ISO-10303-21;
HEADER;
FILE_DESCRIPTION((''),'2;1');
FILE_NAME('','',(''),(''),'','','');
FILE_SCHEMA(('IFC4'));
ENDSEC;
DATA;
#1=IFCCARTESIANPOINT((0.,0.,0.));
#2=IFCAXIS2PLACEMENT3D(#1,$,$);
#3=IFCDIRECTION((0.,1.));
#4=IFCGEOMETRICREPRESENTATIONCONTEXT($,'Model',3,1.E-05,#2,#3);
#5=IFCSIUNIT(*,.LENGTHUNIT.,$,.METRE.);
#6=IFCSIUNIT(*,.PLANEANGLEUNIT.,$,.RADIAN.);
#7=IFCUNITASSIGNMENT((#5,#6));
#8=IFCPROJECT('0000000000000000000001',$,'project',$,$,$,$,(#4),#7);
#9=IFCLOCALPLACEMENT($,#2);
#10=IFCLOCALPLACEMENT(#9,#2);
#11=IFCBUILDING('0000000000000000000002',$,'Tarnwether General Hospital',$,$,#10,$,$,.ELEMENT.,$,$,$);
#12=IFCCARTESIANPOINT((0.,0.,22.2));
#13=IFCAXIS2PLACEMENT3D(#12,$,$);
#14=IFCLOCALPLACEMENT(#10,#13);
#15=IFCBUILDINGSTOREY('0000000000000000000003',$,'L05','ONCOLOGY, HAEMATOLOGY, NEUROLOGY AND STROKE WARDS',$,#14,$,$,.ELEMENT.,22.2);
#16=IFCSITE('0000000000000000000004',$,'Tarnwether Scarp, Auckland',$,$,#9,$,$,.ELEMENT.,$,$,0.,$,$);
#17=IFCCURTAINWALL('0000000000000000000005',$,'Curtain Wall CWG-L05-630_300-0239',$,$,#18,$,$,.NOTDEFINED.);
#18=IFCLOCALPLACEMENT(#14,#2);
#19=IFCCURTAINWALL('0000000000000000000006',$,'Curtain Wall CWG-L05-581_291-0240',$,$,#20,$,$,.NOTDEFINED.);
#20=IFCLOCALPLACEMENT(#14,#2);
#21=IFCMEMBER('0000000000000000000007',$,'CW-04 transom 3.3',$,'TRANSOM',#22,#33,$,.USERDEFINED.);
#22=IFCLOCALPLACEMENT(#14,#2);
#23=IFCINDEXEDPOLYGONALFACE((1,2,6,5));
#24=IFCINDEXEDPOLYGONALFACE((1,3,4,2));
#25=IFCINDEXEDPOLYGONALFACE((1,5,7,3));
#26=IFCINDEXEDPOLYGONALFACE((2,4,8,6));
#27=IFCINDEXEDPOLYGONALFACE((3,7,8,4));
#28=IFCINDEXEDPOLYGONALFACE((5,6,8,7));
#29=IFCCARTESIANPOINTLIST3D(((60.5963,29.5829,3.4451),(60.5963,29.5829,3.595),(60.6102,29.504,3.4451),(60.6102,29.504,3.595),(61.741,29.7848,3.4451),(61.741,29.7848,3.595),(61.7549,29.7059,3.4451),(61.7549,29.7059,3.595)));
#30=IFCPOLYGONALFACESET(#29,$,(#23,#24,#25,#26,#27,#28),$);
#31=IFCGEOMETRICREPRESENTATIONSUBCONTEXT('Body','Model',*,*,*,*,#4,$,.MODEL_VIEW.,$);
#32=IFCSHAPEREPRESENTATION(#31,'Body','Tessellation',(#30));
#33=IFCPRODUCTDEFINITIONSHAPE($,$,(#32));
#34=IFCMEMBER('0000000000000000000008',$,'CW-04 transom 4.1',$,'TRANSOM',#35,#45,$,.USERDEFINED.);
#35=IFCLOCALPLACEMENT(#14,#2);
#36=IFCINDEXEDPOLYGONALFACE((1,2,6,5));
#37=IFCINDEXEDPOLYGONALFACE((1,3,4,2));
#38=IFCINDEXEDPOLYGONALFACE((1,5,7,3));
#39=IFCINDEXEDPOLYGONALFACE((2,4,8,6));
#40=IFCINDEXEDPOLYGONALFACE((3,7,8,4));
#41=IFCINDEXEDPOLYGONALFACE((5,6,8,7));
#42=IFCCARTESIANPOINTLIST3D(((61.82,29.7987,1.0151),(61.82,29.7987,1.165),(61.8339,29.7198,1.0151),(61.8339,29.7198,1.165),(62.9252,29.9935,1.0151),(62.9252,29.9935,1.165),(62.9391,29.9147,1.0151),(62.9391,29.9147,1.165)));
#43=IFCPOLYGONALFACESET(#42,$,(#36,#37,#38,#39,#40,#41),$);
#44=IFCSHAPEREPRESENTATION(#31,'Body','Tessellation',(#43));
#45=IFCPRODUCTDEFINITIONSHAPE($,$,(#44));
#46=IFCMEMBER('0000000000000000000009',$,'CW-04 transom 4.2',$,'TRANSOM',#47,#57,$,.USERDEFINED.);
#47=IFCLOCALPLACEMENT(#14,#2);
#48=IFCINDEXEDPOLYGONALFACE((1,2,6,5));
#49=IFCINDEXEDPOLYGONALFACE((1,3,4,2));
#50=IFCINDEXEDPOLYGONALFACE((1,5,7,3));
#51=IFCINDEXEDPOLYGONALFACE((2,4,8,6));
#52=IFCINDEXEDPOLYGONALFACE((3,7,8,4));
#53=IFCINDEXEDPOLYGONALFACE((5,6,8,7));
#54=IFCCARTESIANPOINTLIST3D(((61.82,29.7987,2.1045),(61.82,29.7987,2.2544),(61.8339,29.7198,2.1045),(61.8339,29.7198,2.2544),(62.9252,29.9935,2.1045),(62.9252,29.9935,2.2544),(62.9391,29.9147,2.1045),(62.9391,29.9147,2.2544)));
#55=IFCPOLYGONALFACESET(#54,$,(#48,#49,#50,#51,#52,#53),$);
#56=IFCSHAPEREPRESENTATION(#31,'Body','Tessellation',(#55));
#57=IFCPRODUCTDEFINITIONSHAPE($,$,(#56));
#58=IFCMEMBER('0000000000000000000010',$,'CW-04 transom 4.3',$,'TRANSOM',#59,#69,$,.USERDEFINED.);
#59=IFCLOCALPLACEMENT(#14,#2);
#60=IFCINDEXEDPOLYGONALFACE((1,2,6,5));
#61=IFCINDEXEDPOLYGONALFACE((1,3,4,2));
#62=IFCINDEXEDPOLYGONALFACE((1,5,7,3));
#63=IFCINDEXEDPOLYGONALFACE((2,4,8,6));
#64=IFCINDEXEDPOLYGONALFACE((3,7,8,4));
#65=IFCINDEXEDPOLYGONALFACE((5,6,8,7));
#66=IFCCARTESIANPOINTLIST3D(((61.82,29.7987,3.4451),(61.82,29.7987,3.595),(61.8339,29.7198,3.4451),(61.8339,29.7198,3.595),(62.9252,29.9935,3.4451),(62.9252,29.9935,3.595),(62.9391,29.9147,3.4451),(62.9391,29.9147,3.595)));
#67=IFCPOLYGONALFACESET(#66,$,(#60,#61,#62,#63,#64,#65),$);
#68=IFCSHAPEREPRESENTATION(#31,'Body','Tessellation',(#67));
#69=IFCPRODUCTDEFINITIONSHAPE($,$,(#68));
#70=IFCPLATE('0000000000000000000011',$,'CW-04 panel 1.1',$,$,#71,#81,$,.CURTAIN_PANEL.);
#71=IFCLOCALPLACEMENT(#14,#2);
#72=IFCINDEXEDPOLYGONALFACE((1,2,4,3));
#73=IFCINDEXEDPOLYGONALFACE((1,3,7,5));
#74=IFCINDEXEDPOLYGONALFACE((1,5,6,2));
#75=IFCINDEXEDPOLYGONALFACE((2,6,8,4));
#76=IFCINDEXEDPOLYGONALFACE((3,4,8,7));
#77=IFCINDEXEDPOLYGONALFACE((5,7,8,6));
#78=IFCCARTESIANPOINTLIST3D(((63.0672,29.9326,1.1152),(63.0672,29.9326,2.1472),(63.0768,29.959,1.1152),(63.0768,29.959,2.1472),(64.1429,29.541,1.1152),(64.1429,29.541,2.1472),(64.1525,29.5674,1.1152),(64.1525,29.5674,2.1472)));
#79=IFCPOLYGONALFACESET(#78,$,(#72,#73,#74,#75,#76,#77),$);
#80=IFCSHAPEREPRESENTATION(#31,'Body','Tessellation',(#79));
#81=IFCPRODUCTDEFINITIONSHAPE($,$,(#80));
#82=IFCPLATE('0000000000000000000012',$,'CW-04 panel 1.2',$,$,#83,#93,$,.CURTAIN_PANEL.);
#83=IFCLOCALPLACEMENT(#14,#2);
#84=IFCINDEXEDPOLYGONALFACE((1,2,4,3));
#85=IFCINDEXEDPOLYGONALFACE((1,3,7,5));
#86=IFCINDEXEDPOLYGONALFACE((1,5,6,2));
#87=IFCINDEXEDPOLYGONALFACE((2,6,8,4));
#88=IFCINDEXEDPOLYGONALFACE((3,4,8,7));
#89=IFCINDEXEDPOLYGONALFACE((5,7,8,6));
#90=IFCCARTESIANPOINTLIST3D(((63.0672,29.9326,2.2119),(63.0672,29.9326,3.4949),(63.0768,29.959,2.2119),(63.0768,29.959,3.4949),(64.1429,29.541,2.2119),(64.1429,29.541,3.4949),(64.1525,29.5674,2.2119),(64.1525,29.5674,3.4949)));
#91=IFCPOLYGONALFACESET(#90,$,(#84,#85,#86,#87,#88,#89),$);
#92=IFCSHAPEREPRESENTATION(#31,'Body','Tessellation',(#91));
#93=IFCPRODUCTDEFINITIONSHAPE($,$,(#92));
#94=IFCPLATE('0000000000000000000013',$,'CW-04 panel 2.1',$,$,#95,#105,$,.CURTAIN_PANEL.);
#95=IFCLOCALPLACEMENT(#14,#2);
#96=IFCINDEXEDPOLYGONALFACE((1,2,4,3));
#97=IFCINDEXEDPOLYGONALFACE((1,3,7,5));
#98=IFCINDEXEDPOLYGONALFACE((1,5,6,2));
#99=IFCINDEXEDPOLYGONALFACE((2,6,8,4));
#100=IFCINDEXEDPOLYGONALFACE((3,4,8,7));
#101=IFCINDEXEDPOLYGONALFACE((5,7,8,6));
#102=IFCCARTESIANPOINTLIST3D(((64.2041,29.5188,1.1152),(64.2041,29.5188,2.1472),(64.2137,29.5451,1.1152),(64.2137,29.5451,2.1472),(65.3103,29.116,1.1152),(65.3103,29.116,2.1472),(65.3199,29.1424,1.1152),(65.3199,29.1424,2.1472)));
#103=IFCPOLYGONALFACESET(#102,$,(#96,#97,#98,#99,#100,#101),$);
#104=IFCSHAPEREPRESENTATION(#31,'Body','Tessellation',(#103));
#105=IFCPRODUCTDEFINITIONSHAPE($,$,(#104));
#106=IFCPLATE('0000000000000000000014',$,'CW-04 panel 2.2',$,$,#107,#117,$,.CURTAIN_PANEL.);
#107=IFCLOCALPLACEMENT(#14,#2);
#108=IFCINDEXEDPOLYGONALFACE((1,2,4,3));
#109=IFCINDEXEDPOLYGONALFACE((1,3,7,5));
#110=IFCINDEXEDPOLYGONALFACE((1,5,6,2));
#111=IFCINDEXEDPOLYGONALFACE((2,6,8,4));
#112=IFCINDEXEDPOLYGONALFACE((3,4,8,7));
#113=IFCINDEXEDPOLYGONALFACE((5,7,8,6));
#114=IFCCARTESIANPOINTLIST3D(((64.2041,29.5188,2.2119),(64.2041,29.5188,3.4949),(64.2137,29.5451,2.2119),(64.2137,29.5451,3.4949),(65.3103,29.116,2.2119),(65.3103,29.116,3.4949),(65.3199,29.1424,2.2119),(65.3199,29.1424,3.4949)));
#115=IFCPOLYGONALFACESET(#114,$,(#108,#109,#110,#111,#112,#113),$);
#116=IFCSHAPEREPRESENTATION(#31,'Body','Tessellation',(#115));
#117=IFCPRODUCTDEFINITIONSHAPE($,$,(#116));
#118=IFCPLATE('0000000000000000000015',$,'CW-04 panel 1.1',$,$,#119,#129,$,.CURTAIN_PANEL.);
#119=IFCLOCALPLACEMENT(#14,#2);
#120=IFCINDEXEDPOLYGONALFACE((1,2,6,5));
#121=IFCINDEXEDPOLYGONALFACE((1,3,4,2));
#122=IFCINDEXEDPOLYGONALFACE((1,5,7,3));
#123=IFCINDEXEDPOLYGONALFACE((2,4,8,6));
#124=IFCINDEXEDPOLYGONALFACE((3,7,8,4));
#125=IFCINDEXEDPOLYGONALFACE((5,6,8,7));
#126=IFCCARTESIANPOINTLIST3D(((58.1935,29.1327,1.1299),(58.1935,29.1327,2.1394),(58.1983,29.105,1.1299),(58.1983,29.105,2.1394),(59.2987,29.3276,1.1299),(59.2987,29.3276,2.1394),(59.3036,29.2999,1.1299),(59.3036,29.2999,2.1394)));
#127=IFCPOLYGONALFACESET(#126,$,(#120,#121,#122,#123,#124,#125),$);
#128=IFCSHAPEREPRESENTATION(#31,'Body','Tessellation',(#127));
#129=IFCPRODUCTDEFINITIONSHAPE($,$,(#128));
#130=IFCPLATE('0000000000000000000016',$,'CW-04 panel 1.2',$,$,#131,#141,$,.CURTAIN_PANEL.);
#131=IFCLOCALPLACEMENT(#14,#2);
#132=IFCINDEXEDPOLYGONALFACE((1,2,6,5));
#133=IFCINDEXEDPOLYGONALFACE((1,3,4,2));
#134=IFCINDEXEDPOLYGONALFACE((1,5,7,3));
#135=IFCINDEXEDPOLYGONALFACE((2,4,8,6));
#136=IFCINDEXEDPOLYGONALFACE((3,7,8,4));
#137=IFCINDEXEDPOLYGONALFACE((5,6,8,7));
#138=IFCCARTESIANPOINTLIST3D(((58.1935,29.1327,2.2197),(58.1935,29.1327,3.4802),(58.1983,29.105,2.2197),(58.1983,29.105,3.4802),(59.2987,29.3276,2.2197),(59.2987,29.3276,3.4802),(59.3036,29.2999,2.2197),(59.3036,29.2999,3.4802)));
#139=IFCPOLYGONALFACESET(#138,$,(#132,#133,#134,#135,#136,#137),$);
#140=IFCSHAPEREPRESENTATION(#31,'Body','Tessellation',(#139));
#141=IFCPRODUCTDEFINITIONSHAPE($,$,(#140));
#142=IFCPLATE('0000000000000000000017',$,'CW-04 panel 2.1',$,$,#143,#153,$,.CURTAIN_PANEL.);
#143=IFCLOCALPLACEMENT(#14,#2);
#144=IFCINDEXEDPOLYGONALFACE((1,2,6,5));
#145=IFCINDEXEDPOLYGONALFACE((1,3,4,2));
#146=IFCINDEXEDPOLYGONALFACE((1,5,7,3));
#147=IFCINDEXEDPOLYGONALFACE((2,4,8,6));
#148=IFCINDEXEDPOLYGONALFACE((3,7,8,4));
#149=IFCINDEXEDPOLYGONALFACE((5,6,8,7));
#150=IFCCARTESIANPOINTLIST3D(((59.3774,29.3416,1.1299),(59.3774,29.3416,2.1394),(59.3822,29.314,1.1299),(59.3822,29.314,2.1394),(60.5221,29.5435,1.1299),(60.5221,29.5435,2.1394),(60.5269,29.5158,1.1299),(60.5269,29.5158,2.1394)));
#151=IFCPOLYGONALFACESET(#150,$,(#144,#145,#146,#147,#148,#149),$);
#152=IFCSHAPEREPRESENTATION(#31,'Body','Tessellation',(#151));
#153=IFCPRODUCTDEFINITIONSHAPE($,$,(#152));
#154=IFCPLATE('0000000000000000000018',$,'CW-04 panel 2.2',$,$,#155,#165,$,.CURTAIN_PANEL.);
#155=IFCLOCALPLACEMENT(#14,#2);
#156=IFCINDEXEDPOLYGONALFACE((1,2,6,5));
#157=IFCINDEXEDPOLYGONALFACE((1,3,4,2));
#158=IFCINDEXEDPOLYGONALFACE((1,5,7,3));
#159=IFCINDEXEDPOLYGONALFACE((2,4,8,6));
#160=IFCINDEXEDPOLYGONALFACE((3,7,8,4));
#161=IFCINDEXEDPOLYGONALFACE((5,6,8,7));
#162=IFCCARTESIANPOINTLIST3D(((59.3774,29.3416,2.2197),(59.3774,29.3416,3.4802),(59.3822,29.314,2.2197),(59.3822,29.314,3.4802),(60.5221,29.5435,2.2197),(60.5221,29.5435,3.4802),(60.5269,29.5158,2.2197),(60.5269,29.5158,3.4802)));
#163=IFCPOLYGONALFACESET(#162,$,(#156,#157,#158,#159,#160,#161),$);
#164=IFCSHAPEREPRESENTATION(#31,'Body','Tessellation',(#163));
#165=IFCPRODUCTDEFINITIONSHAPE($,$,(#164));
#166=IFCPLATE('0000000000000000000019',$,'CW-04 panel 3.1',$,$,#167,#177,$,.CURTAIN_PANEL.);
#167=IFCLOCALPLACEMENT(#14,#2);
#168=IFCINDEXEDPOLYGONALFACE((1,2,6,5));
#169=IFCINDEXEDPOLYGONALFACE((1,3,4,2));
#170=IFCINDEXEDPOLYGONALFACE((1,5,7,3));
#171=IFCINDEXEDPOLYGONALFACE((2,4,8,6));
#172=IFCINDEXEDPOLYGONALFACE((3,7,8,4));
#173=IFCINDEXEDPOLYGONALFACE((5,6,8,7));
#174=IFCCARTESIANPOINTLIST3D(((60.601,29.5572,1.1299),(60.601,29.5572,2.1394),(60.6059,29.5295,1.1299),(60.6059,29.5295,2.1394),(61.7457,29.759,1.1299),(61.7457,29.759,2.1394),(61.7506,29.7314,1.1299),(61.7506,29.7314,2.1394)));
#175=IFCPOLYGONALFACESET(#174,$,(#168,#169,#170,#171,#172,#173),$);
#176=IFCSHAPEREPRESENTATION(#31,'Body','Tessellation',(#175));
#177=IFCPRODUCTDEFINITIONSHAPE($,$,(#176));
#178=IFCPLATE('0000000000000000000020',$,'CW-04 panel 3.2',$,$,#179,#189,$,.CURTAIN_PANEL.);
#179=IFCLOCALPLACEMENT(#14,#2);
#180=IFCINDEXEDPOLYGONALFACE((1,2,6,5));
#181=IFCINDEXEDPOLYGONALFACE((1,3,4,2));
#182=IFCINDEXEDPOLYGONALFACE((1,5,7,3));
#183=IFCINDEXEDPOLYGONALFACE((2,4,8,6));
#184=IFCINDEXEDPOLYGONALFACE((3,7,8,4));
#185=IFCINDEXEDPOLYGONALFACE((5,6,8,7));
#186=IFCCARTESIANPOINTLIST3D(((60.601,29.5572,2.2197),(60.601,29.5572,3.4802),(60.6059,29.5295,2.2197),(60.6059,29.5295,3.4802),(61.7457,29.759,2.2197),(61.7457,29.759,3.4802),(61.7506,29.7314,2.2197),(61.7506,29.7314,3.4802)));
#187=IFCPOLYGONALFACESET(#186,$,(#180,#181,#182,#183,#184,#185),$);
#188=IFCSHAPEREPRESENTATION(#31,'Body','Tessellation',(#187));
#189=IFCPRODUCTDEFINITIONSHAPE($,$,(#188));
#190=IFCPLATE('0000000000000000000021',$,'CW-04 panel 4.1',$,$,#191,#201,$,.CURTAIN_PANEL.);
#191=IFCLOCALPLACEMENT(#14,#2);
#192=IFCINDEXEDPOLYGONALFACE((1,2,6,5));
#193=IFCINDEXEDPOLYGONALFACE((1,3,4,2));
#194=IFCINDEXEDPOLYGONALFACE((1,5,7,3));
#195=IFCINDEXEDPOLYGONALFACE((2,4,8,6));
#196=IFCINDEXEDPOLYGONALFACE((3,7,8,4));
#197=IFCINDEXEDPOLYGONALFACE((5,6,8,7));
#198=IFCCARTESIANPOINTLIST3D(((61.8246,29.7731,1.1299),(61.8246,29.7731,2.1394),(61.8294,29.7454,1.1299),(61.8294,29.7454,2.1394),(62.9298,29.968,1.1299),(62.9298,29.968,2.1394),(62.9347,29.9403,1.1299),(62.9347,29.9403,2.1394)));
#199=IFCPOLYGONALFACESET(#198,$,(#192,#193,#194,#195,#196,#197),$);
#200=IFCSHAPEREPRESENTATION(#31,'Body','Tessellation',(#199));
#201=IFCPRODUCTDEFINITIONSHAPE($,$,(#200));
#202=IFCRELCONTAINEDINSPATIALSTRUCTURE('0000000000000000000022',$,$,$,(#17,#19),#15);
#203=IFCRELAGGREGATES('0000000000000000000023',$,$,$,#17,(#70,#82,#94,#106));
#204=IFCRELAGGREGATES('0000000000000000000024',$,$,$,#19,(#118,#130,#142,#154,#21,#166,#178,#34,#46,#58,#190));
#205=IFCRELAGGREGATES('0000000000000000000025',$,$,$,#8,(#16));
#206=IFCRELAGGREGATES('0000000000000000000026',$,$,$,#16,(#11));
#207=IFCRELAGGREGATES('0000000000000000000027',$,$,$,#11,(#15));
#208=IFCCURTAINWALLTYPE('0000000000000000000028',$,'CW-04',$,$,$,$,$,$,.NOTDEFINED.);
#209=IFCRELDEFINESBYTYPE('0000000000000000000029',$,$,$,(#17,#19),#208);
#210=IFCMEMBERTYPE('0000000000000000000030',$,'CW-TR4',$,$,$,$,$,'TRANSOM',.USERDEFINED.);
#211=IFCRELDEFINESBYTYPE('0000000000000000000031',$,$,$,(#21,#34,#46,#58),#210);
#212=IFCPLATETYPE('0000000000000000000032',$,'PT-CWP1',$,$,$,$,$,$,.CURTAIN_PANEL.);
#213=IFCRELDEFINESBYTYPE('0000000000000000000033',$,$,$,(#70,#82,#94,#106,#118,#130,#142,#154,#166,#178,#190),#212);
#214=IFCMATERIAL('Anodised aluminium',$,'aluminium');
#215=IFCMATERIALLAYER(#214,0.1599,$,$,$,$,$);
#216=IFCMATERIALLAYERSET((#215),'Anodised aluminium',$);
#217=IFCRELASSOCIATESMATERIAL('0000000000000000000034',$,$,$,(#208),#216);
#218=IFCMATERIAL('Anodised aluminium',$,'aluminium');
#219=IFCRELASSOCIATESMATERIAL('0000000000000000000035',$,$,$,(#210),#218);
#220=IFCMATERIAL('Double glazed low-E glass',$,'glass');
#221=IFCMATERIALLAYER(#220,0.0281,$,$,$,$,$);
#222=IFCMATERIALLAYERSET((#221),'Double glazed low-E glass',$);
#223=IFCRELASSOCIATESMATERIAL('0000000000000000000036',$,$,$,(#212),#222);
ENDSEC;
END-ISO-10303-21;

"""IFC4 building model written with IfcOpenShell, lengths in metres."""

from ifc_helpers import new_model, si_unit, direction, frame, origin, origin_2d, place, context, subcontext, project, spatial, rectangle, extrude, material, layer, layer_set, material_profile, profile_set, type_object, element, aggregate, save


model = new_model("IFC4")

# Units and contexts
model_context = context("Model", 3, precision=1e-05, world=origin(), true_north=direction((0.0, 1.0)))
body_context = subcontext(model_context, "Body", "Model", "MODEL_VIEW")
ifc_project = project(units=[si_unit("LENGTHUNIT", "METRE"), si_unit("PLANEANGLEUNIT", "RADIAN")], contexts=[model_context])

# Site, building, storey
site_placement = place(None, origin())
site = spatial("IfcSite", under=ifc_project, at=site_placement, Name="Tarnwether Scarp, Auckland", CompositionType="ELEMENT", RefElevation=0.0)
building_placement = place(site_placement, origin())
building = spatial("IfcBuilding", under=site, at=building_placement, Name="Tarnwether General Hospital", CompositionType="ELEMENT")
storey_placement = place(building_placement, frame((0.0, 0.0, 22.2)))
storey = spatial("IfcBuildingStorey", under=building, at=storey_placement, Name="L05", Description="ONCOLOGY, HAEMATOLOGY, NEUROLOGY AND STROKE WARDS", CompositionType="ELEMENT", Elevation=22.2)

# Curtain wall
ifc_material_1 = material(Name="Anodised aluminium", Category="aluminium")
ifc_layer_1 = layer(ifc_material_1, 0.1599)
ifc_layer_set_1 = layer_set([ifc_layer_1], Name="Anodised aluminium")
curtain_wall_type = type_object("IfcCurtainWallType", Name="CW-04", PredefinedType="NOTDEFINED", material=ifc_layer_set_1)
curtain_wall_1_placement = place(storey_placement, origin())
curtain_wall_1 = element("IfcCurtainWall", 1, at=curtain_wall_1_placement, inside=storey, type_object=curtain_wall_type, Name="Curtain Wall CWG-L05-630_300-0239", PredefinedType="NOTDEFINED")

# Curtain wall
curtain_wall_2_placement = place(storey_placement, origin())
curtain_wall_2 = element("IfcCurtainWall", 2, at=curtain_wall_2_placement, inside=storey, type_object=curtain_wall_type, Name="Curtain Wall CWG-L05-581_291-0240", PredefinedType="NOTDEFINED")

# Members
ifc_material_2 = material(Name="Anodised aluminium", Category="aluminium")
ifc_material_profile_1 = material_profile(ifc_material_2, rectangle(XDim=0.0801, YDim=0.1499, at=origin_2d()), Name="ALU-TRN-80x150")
ifc_profile_set_1 = profile_set([ifc_material_profile_1], Name="Anodised aluminium")
member_type_1 = type_object("IfcMemberType", Name="CW-TR4", ElementType="TRANSOM", PredefinedType="USERDEFINED", material=ifc_profile_set_1)
member_1_placement = place(storey_placement, frame((60.6033, 29.5435, 3.52), z_axis=(0.9848, 0.173689, 0.0), x_axis=(-0.173689, 0.9848, 0.0)))
member_1 = element("IfcMember", 3, at=member_1_placement, type_object=member_type_1, Name="CW-04 transom 3.3", ObjectType="TRANSOM", PredefinedType="USERDEFINED", context=body_context, shape_type="SweptSolid", body=[
    extrude(rectangle(XDim=0.0801, YDim=0.1499, at=origin_2d()), origin(), (0.0, 0.0, 1.0), 1.1624),
])
member_2_placement = place(storey_placement, frame((61.8269, 29.7593, 1.0901), z_axis=(0.984816, 0.173599, 0.0), x_axis=(-0.173599, 0.984816, 0.0)))
member_2 = element("IfcMember", 4, at=member_2_placement, type_object=member_type_1, Name="CW-04 transom 4.1", ObjectType="TRANSOM", PredefinedType="USERDEFINED", context=body_context, shape_type="SweptSolid", body=[
    extrude(rectangle(XDim=0.0801, YDim=0.1499, at=origin_2d()), origin(), (0.0, 0.0, 1.0), 1.1223),
])
member_3_placement = place(storey_placement, frame((61.8269, 29.7593, 2.1794), z_axis=(0.984816, 0.173599, 0.0), x_axis=(-0.173599, 0.984816, 0.0)))
member_3 = element("IfcMember", 5, at=member_3_placement, type_object=member_type_1, Name="CW-04 transom 4.2", ObjectType="TRANSOM", PredefinedType="USERDEFINED", context=body_context, shape_type="SweptSolid", body=[
    extrude(rectangle(XDim=0.0801, YDim=0.1499, at=origin_2d()), origin(), (0.0, 0.0, 1.0), 1.1223),
])
member_4_placement = place(storey_placement, frame((61.8269, 29.7593, 3.52), z_axis=(0.984816, 0.173599, 0.0), x_axis=(-0.173599, 0.984816, 0.0)))
member_4 = element("IfcMember", 6, at=member_4_placement, type_object=member_type_1, Name="CW-04 transom 4.3", ObjectType="TRANSOM", PredefinedType="USERDEFINED", context=body_context, shape_type="SweptSolid", body=[
    extrude(rectangle(XDim=0.0801, YDim=0.1499, at=origin_2d()), origin(), (0.0, 0.0, 1.0), 1.1223),
])

# Plates
ifc_material_3 = material(Name="Double glazed low-E glass", Category="glass")
ifc_layer_2 = layer(ifc_material_3, 0.0281)
ifc_layer_set_2 = layer_set([ifc_layer_2], Name="Double glazed low-E glass")
plate_type = type_object("IfcPlateType", Name="PT-CWP1", PredefinedType="CURTAIN_PANEL", material=ifc_layer_set_2)
plate_1_placement = place(storey_placement, frame((63.6099, 29.75, 1.1152), z_axis=(0.0, 0.0, 1.0), x_axis=(0.939652, -0.342131, 0.0)))
plate_1 = element("IfcPlate", 7, at=plate_1_placement, type_object=plate_type, Name="CW-04 panel 1.1", PredefinedType="CURTAIN_PANEL", context=body_context, shape_type="SweptSolid", body=[
    extrude(rectangle(XDim=1.1448, YDim=0.0281, at=origin_2d()), origin(), (0.0, 0.0, 1.0), 1.032),
])
plate_2_placement = place(storey_placement, frame((63.6099, 29.75, 2.2119), z_axis=(0.0, 0.0, 1.0), x_axis=(0.939652, -0.342131, 0.0)))
plate_2 = element("IfcPlate", 8, at=plate_2_placement, type_object=plate_type, Name="CW-04 panel 1.2", PredefinedType="CURTAIN_PANEL", context=body_context, shape_type="SweptSolid", body=[
    extrude(rectangle(XDim=1.1448, YDim=0.0281, at=origin_2d()), origin(), (0.0, 0.0, 1.0), 1.283),
])
plate_3_placement = place(storey_placement, frame((64.762, 29.3306, 1.1152), z_axis=(0.0, 0.0, 1.0), x_axis=(0.939652, -0.342131, 0.0)))
plate_3 = element("IfcPlate", 9, at=plate_3_placement, type_object=plate_type, Name="CW-04 panel 2.1", PredefinedType="CURTAIN_PANEL", context=body_context, shape_type="SweptSolid", body=[
    extrude(rectangle(XDim=1.1772, YDim=0.0281, at=origin_2d()), origin(), (0.0, 0.0, 1.0), 1.032),
])
plate_4_placement = place(storey_placement, frame((64.762, 29.3306, 2.2119), z_axis=(0.0, 0.0, 1.0), x_axis=(0.939652, -0.342131, 0.0)))
plate_4 = element("IfcPlate", 10, at=plate_4_placement, type_object=plate_type, Name="CW-04 panel 2.2", PredefinedType="CURTAIN_PANEL", context=body_context, shape_type="SweptSolid", body=[
    extrude(rectangle(XDim=1.1772, YDim=0.0281, at=origin_2d()), origin(), (0.0, 0.0, 1.0), 1.283),
])
aggregate(curtain_wall_1, [plate_1, plate_2, plate_3, plate_4])
plate_5_placement = place(storey_placement, frame((58.7485, 29.2163, 1.1299), z_axis=(0.0, 0.0, 1.0), x_axis=(0.984806, 0.173659, 0.0)))
plate_5 = element("IfcPlate", 11, at=plate_5_placement, type_object=plate_type, Name="CW-04 panel 1.1", PredefinedType="CURTAIN_PANEL", context=body_context, shape_type="SweptSolid", body=[
    extrude(rectangle(XDim=1.1223, YDim=0.0281, at=origin_2d()), origin(), (0.0, 0.0, 1.0), 1.0095),
])
plate_6_placement = place(storey_placement, frame((58.7485, 29.2163, 2.2197), z_axis=(0.0, 0.0, 1.0), x_axis=(0.984806, 0.173659, 0.0)))
plate_6 = element("IfcPlate", 12, at=plate_6_placement, type_object=plate_type, Name="CW-04 panel 1.2", PredefinedType="CURTAIN_PANEL", context=body_context, shape_type="SweptSolid", body=[
    extrude(rectangle(XDim=1.1223, YDim=0.0281, at=origin_2d()), origin(), (0.0, 0.0, 1.0), 1.2605),
])
plate_7_placement = place(storey_placement, frame((59.9521, 29.4287, 1.1299), z_axis=(0.0, 0.0, 1.0), x_axis=(0.984806, 0.173659, 0.0)))
plate_7 = element("IfcPlate", 13, at=plate_7_placement, type_object=plate_type, Name="CW-04 panel 2.1", PredefinedType="CURTAIN_PANEL", context=body_context, shape_type="SweptSolid", body=[
    extrude(rectangle(XDim=1.1624, YDim=0.0281, at=origin_2d()), origin(), (0.0, 0.0, 1.0), 1.0095),
])
plate_8_placement = place(storey_placement, frame((59.9521, 29.4287, 2.2197), z_axis=(0.0, 0.0, 1.0), x_axis=(0.984806, 0.173659, 0.0)))
plate_8 = element("IfcPlate", 14, at=plate_8_placement, type_object=plate_type, Name="CW-04 panel 2.2", PredefinedType="CURTAIN_PANEL", context=body_context, shape_type="SweptSolid", body=[
    extrude(rectangle(XDim=1.1624, YDim=0.0281, at=origin_2d()), origin(), (0.0, 0.0, 1.0), 1.2605),
])
plate_9_placement = place(storey_placement, frame((61.1758, 29.6443, 1.1299), z_axis=(0.0, 0.0, 1.0), x_axis=(0.984806, 0.173659, 0.0)))
plate_9 = element("IfcPlate", 15, at=plate_9_placement, type_object=plate_type, Name="CW-04 panel 3.1", PredefinedType="CURTAIN_PANEL", context=body_context, shape_type="SweptSolid", body=[
    extrude(rectangle(XDim=1.1624, YDim=0.0281, at=origin_2d()), origin(), (0.0, 0.0, 1.0), 1.0095),
])
plate_10_placement = place(storey_placement, frame((61.1758, 29.6443, 2.2197), z_axis=(0.0, 0.0, 1.0), x_axis=(0.984806, 0.173659, 0.0)))
plate_10 = element("IfcPlate", 16, at=plate_10_placement, type_object=plate_type, Name="CW-04 panel 3.2", PredefinedType="CURTAIN_PANEL", context=body_context, shape_type="SweptSolid", body=[
    extrude(rectangle(XDim=1.1624, YDim=0.0281, at=origin_2d()), origin(), (0.0, 0.0, 1.0), 1.2605),
])
plate_11_placement = place(storey_placement, frame((62.3796, 29.8567, 1.1299), z_axis=(0.0, 0.0, 1.0), x_axis=(0.984806, 0.173659, 0.0)))
plate_11 = element("IfcPlate", 17, at=plate_11_placement, type_object=plate_type, Name="CW-04 panel 4.1", PredefinedType="CURTAIN_PANEL", context=body_context, shape_type="SweptSolid", body=[
    extrude(rectangle(XDim=1.1223, YDim=0.0281, at=origin_2d()), origin(), (0.0, 0.0, 1.0), 1.0095),
])
aggregate(curtain_wall_2, [plate_5, plate_6, plate_7, plate_8, member_1, plate_9, plate_10, member_2, member_3, member_4, plate_11])

save(model, "model.ifc")
